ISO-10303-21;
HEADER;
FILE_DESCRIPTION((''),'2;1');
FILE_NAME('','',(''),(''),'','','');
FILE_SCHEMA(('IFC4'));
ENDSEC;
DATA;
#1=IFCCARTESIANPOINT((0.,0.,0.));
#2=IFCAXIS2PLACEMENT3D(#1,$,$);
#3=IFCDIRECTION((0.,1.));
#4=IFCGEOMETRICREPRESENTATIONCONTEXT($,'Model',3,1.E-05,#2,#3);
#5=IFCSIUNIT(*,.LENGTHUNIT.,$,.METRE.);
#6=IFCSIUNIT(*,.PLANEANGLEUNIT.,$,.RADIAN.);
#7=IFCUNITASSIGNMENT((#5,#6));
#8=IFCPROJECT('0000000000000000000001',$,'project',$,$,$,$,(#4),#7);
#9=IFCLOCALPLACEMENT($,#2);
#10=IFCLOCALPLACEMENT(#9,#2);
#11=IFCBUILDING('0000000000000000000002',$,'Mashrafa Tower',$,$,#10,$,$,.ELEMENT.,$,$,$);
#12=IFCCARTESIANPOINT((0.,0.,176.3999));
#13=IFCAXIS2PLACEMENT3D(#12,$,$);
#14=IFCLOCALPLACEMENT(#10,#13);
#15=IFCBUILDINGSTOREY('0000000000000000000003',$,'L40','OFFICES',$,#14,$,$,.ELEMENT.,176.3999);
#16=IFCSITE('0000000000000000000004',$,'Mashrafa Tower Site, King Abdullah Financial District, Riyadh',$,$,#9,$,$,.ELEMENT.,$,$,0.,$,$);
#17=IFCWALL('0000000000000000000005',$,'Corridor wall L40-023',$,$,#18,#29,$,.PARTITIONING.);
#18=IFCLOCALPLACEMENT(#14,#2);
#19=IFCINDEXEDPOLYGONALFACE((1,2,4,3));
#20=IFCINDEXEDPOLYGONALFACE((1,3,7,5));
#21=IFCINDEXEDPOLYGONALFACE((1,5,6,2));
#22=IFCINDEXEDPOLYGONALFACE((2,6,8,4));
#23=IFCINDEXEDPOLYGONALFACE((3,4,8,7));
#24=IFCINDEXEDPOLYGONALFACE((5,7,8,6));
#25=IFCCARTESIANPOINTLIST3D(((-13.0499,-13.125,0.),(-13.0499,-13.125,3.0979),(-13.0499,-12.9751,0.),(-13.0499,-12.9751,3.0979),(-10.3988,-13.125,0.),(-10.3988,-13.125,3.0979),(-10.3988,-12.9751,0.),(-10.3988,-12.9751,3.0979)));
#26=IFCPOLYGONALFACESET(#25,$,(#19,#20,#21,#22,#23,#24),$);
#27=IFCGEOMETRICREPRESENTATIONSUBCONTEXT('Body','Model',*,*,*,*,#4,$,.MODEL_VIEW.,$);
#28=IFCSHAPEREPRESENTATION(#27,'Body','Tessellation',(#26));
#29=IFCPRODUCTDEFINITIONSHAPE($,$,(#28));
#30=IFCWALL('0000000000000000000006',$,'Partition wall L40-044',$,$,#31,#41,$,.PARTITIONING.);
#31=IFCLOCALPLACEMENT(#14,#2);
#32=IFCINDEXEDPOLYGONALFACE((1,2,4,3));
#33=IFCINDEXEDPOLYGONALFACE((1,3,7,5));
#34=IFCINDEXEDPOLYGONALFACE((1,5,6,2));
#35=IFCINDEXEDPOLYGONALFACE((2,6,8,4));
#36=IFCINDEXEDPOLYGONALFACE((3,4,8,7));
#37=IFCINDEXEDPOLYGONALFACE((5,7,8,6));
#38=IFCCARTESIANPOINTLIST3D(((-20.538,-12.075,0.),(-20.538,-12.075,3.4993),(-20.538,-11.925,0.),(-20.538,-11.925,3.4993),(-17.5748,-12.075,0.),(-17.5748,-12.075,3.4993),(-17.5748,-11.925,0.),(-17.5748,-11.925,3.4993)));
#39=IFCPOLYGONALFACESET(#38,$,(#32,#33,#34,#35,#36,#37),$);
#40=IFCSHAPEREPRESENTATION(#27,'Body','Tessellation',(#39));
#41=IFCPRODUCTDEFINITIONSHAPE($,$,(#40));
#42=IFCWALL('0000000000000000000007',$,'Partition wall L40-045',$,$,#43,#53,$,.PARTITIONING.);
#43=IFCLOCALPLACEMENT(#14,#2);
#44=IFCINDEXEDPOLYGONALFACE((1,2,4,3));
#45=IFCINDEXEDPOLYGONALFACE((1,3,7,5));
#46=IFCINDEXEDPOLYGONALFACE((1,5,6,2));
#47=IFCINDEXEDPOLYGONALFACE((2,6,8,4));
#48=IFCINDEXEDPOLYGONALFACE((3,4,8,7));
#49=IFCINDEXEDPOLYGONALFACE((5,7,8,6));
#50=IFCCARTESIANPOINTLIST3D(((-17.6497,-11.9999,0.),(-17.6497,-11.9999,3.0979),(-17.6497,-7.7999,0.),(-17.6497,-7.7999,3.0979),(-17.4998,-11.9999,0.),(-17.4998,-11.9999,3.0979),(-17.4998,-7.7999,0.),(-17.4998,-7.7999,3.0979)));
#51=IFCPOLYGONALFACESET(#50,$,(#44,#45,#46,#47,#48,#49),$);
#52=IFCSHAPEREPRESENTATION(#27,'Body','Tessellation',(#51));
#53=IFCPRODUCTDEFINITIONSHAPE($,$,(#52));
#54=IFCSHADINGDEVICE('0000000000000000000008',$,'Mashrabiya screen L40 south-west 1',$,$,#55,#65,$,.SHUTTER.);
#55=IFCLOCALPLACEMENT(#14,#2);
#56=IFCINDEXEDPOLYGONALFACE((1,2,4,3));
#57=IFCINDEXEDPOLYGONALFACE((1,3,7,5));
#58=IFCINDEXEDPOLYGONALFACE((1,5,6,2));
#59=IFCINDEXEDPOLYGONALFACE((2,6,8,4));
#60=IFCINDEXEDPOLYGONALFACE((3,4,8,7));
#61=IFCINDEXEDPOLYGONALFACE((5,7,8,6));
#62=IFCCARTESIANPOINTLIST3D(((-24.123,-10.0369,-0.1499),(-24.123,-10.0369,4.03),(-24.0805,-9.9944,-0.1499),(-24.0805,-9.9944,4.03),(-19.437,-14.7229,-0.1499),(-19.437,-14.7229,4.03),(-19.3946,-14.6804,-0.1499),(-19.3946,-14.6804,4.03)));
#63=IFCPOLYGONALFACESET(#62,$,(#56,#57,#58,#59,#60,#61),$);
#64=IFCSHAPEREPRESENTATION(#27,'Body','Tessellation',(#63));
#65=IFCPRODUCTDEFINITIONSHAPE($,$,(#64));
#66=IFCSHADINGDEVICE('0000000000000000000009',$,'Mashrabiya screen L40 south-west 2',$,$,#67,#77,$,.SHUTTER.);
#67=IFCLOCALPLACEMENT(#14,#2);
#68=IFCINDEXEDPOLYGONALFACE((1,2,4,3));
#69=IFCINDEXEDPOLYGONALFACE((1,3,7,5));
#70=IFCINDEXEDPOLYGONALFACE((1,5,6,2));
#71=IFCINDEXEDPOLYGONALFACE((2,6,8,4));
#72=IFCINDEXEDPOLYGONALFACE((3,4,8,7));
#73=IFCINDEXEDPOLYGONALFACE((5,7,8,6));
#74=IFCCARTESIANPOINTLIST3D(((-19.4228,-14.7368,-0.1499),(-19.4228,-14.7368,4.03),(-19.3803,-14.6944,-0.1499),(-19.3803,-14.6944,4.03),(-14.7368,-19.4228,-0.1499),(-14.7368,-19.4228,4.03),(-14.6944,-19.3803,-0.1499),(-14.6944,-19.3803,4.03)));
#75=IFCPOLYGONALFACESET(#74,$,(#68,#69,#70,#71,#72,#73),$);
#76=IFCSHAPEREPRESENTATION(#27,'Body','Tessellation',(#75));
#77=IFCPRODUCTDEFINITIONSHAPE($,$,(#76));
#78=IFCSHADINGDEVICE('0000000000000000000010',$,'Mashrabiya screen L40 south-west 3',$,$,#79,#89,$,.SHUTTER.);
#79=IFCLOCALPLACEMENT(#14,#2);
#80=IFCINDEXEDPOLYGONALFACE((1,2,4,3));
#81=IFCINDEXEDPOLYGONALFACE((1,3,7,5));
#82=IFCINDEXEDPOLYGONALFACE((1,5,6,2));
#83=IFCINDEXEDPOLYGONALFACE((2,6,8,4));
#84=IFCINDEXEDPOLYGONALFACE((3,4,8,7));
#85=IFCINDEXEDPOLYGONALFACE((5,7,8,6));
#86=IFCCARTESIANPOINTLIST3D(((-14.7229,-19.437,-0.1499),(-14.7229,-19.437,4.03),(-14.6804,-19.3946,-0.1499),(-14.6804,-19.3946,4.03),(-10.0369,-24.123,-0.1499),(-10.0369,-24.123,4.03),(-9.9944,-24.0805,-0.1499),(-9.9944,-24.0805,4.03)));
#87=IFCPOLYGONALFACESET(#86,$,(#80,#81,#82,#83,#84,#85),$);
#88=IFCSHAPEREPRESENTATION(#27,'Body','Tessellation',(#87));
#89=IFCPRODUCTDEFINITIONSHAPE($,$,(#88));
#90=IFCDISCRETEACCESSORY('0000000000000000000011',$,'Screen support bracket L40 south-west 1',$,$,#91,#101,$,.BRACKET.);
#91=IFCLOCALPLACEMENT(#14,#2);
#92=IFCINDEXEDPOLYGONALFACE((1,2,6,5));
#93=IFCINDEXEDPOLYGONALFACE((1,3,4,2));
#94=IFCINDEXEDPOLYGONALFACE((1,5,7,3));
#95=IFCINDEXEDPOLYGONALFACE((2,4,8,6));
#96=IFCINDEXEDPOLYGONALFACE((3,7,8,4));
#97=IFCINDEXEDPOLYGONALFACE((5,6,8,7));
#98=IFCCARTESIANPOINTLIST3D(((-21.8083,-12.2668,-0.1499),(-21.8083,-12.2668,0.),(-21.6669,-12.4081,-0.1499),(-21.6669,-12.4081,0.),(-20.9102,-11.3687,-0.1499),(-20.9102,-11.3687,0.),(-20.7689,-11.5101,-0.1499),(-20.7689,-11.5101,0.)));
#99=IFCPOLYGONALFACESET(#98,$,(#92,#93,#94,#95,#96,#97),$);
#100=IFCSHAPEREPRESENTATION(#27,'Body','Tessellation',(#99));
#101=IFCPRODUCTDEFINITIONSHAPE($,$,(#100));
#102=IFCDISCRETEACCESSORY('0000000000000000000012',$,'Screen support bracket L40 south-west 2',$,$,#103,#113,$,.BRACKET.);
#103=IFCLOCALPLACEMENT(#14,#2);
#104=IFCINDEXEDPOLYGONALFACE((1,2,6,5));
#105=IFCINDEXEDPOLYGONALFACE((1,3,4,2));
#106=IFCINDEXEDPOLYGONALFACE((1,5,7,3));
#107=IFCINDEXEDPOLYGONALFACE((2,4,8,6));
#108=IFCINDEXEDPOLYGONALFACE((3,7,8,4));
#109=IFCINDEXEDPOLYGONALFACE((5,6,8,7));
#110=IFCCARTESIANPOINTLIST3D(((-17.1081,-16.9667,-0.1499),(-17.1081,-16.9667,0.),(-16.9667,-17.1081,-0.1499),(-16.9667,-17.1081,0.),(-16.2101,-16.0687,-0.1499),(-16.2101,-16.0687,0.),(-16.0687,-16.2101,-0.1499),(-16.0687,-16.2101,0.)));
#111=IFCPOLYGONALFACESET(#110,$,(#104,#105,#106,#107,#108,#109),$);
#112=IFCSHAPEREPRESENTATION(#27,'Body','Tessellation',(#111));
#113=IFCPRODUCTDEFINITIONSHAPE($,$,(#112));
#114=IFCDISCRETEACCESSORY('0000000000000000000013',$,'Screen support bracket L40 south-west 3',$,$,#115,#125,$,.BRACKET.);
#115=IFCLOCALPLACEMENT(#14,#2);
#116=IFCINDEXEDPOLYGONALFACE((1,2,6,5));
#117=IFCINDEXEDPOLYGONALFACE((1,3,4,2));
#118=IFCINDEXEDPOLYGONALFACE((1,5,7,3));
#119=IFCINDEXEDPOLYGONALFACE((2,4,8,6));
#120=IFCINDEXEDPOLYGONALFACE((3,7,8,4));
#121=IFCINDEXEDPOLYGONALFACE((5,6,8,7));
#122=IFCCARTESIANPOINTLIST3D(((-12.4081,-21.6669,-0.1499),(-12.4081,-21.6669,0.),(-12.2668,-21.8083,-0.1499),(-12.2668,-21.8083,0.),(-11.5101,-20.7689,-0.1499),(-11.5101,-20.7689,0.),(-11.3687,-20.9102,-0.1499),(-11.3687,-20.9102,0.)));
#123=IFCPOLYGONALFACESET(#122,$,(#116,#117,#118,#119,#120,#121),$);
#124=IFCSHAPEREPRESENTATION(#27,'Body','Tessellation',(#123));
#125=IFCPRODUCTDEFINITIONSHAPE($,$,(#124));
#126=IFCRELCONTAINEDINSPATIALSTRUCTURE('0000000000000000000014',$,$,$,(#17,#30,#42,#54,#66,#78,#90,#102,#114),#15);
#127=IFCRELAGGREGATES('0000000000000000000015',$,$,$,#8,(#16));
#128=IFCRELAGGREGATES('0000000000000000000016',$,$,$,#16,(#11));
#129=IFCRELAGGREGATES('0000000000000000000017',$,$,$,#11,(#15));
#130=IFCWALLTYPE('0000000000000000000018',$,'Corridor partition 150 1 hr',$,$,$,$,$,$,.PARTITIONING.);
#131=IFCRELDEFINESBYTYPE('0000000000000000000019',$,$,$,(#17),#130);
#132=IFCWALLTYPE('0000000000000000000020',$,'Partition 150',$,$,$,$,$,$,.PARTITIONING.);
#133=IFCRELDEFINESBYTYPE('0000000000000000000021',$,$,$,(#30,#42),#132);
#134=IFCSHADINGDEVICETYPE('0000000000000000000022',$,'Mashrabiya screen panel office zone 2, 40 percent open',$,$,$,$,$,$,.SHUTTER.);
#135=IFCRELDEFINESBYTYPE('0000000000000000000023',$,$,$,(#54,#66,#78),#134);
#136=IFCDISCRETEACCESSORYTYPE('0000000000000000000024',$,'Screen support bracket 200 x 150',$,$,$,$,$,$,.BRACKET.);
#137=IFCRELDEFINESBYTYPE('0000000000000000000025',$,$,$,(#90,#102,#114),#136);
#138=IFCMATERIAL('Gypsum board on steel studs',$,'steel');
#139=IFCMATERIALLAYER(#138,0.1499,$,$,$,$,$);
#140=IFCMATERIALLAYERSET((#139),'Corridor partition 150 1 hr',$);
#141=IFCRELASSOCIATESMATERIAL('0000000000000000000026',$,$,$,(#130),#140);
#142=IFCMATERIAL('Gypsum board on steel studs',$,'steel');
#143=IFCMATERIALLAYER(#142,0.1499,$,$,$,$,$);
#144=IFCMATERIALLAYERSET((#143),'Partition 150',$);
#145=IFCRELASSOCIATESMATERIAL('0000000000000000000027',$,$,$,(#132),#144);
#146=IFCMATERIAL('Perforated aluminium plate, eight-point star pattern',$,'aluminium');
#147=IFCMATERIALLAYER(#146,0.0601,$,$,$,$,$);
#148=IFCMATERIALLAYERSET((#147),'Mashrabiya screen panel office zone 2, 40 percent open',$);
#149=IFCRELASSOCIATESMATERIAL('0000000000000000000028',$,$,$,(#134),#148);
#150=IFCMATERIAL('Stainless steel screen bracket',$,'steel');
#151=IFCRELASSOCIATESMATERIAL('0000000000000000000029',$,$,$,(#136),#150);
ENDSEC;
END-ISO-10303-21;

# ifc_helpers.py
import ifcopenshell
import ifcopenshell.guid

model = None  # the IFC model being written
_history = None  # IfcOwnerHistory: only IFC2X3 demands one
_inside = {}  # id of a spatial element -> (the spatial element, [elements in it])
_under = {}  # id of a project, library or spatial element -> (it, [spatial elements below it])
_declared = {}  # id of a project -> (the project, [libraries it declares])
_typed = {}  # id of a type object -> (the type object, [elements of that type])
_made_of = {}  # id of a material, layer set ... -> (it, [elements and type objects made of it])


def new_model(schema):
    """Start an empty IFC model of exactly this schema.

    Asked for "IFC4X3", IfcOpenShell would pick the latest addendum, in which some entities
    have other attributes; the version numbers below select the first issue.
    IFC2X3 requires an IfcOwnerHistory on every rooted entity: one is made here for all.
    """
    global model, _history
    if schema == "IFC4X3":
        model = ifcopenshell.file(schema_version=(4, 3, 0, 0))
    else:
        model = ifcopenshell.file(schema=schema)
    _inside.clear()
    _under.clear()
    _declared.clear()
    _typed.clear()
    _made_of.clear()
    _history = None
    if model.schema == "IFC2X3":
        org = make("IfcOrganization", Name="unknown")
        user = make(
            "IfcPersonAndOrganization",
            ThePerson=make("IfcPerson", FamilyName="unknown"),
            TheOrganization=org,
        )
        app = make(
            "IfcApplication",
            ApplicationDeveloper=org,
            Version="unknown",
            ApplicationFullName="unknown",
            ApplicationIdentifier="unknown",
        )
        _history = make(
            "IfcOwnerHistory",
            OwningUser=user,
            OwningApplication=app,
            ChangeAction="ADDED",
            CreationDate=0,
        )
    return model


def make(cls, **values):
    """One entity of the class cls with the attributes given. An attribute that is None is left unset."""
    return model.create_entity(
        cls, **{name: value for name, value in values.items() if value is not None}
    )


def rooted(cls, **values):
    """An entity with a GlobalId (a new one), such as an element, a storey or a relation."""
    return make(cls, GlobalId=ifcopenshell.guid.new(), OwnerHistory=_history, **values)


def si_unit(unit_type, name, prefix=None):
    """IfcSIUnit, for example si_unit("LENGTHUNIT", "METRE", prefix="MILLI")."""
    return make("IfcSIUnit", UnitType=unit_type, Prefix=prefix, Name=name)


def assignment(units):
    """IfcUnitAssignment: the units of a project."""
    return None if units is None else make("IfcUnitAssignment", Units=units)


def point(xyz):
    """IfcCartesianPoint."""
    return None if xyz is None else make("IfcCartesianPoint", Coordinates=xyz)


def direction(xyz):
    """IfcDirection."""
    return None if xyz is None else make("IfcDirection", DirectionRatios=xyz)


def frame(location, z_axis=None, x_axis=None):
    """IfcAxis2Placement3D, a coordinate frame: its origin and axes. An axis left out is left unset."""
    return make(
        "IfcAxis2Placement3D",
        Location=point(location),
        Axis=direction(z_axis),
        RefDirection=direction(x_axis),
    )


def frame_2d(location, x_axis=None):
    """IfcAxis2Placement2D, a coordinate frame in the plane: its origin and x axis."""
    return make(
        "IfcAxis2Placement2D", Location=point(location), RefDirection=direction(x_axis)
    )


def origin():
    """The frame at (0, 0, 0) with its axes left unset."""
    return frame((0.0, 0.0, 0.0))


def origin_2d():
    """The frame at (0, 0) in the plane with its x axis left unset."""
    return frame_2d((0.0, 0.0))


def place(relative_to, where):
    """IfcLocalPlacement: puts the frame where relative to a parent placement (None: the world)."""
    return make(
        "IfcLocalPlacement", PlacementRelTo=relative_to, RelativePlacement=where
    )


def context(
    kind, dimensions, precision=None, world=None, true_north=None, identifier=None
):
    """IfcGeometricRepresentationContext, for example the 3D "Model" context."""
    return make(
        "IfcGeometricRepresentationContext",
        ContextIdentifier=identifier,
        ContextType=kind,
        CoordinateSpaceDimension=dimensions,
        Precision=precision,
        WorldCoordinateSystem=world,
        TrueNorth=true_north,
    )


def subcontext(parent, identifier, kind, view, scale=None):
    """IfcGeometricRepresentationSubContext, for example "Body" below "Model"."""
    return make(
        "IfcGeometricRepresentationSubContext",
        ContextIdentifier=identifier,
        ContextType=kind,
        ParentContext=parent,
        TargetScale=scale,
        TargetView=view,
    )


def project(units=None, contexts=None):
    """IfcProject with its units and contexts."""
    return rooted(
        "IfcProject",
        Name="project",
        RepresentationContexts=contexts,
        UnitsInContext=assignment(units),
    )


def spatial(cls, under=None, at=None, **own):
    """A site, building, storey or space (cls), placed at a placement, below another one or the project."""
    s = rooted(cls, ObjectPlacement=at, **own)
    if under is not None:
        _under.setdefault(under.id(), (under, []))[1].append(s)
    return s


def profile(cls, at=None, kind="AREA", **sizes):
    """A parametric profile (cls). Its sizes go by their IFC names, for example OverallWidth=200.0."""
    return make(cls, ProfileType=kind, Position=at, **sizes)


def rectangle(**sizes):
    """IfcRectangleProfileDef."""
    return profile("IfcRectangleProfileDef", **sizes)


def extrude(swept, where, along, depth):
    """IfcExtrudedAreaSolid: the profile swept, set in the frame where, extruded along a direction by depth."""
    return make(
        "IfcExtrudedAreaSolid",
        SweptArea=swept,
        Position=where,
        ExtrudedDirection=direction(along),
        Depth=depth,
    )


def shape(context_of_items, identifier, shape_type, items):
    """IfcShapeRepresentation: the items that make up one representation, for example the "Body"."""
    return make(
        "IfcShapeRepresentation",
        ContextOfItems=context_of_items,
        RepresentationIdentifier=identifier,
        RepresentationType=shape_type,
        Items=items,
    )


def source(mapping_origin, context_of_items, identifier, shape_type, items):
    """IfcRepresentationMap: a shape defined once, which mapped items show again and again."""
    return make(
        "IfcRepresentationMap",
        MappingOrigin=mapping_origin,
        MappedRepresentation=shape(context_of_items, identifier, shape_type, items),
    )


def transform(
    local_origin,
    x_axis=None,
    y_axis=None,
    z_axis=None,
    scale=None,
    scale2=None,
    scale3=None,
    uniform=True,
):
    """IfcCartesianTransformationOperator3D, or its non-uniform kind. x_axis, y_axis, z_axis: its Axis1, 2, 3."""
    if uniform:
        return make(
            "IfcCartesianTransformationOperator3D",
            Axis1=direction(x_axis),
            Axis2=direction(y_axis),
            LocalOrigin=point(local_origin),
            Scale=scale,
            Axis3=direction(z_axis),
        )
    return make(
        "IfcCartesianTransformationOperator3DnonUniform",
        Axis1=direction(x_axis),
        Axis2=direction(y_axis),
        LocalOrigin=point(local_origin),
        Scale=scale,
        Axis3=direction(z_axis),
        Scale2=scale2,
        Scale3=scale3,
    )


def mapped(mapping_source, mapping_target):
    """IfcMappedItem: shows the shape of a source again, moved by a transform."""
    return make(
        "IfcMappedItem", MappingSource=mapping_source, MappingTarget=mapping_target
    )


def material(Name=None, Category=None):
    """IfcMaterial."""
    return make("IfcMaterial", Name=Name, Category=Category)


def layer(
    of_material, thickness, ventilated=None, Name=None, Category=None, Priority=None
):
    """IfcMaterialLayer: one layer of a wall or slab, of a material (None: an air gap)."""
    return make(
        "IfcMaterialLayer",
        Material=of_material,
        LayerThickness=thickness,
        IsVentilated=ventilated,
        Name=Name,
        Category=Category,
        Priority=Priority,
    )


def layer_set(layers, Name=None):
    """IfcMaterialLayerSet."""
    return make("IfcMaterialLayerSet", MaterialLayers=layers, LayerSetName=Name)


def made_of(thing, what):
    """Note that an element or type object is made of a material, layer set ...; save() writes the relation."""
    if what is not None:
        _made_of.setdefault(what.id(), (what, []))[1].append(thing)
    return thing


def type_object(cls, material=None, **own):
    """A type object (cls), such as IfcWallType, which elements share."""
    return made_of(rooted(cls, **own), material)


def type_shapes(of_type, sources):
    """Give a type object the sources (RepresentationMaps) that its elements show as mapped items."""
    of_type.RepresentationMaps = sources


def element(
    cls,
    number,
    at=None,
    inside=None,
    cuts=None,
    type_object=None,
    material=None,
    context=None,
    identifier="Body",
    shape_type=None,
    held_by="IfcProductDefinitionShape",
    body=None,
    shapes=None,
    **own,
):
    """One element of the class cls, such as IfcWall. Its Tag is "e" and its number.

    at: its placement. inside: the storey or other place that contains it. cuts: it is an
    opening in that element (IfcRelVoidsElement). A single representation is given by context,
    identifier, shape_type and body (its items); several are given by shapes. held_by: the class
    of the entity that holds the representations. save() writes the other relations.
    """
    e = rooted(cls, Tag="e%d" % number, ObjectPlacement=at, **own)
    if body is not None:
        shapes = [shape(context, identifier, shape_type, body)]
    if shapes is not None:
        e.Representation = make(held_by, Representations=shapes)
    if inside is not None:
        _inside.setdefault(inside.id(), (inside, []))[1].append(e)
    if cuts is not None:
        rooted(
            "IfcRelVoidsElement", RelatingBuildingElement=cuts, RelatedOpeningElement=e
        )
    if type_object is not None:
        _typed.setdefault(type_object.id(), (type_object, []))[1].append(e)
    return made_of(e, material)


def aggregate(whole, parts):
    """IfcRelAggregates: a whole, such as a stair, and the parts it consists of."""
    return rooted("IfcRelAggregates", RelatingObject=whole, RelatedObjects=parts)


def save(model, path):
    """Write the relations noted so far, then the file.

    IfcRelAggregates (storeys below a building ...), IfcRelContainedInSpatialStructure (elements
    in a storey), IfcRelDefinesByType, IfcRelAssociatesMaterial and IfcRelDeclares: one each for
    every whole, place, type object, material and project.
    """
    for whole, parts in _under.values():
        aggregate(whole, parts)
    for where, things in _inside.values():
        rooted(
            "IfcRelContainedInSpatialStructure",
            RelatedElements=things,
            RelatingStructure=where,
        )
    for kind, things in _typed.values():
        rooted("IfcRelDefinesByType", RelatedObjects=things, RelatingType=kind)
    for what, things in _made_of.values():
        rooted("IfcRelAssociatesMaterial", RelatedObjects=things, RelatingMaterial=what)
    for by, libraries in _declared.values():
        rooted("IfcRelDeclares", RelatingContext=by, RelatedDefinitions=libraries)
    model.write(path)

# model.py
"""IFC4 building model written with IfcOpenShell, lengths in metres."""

from ifc_helpers import new_model, si_unit, direction, frame, frame_2d, origin, origin_2d, place, context, subcontext, project, spatial, rectangle, extrude, source, transform, mapped, material, layer, layer_set, type_object, type_shapes, element, save


model = new_model("IFC4")

# Units and contexts
model_context = context("Model", 3, precision=1e-05, world=origin(), true_north=direction((0.0, 1.0)))
body_context = subcontext(model_context, "Body", "Model", "MODEL_VIEW")
ifc_project = project(units=[si_unit("LENGTHUNIT", "METRE"), si_unit("PLANEANGLEUNIT", "RADIAN")], contexts=[model_context])

# Site, building, storey
site_placement = place(None, origin())
site = spatial("IfcSite", under=ifc_project, at=site_placement, Name="Mashrafa Tower Site, King Abdullah Financial District, Riyadh", CompositionType="ELEMENT", RefElevation=0.0)
building_placement = place(site_placement, origin())
building = spatial("IfcBuilding", under=site, at=building_placement, Name="Mashrafa Tower", CompositionType="ELEMENT")
storey_placement = place(building_placement, frame((0.0, 0.0, 176.3999)))
storey = spatial("IfcBuildingStorey", under=building, at=storey_placement, Name="L40", Description="OFFICES", CompositionType="ELEMENT", Elevation=176.3999)

# Walls
ifc_material_1 = material(Name="Gypsum board on steel studs", Category="steel")
ifc_layer_1 = layer(ifc_material_1, 0.1499)
ifc_layer_set_1 = layer_set([ifc_layer_1], Name="Corridor partition 150 1 hr")
wall_type_1 = type_object("IfcWallType", Name="Corridor partition 150 1 hr", PredefinedType="PARTITIONING", material=ifc_layer_set_1)
wall_1_placement = place(storey_placement, frame((-13.05, -13.05, 0.0), z_axis=(0.0, 0.0, 1.0), x_axis=(1.0, 0.0, 0.0)))
element("IfcWall", 1, at=wall_1_placement, inside=storey, type_object=wall_type_1, Name="Corridor wall L40-023", PredefinedType="PARTITIONING", context=body_context, shape_type="SweptSolid", body=[
    extrude(rectangle(XDim=2.6511, YDim=0.1499, at=frame_2d((1.3257, 0.0))), origin(), (0.0, 0.0, 1.0), 3.0979),
])
ifc_material_2 = material(Name="Gypsum board on steel studs", Category="steel")
ifc_layer_2 = layer(ifc_material_2, 0.1499)
ifc_layer_set_2 = layer_set([ifc_layer_2], Name="Partition 150")
wall_type_2 = type_object("IfcWallType", Name="Partition 150", PredefinedType="PARTITIONING", material=ifc_layer_set_2)
wall_2_placement = place(storey_placement, frame((-20.5378, -12.0, 0.0), z_axis=(0.0, 0.0, 1.0), x_axis=(1.0, 0.0, 0.0)))
element("IfcWall", 2, at=wall_2_placement, inside=storey, type_object=wall_type_2, Name="Partition wall L40-044", PredefinedType="PARTITIONING", context=body_context, shape_type="SweptSolid", body=[
    extrude(rectangle(XDim=2.9631, YDim=0.1499, at=frame_2d((1.4814, 0.0))), origin(), (0.0, 0.0, 1.0), 3.4993),
])
wall_3_placement = place(storey_placement, frame((-17.5747, -12.0, 0.0), z_axis=(0.0, 0.0, 1.0), x_axis=(0.0, 1.0, 0.0)))
element("IfcWall", 3, at=wall_3_placement, inside=storey, type_object=wall_type_2, Name="Partition wall L40-045", PredefinedType="PARTITIONING", context=body_context, shape_type="SweptSolid", body=[
    extrude(rectangle(XDim=4.2, YDim=0.1499, at=frame_2d((2.1001, 0.0))), origin(), (0.0, 0.0, 1.0), 3.0979),
])

# Shading devices
ifc_material_3 = material(Name="Perforated aluminium plate, eight-point star pattern", Category="aluminium")
ifc_layer_3 = layer(ifc_material_3, 0.0601)
ifc_layer_set_3 = layer_set([ifc_layer_3], Name="Mashrabiya screen panel office zone 2, 40 percent open")
shading_device_type = type_object("IfcShadingDeviceType", Name="Mashrabiya screen panel office zone 2, 40 percent open", PredefinedType="SHUTTER", material=ifc_layer_set_3)
shared_shape_1 = source(origin(), body_context, "Body", "SweptSolid", [
    extrude(rectangle(XDim=6.627, YDim=0.0601, at=origin_2d()), origin(), (0.0, 0.0, 1.0), 4.1799),
])
type_shapes(shading_device_type, [shared_shape_1])
for number, where, z_axis, x_axis, name in (
    (4, (-21.7588, -12.3586, -0.1499), (0.0, 0.0, 1.0), (0.707107, -0.707107, 0.0), "Mashrabiya screen L40 south-west 1"),
    (5, (-17.0586, -17.0586, -0.1499), (0.0, 0.0, 1.0), (0.707107, -0.707107, 0.0), "Mashrabiya screen L40 south-west 2"),
    (6, (-12.3586, -21.7588, -0.1499), (0.0, 0.0, 1.0), (0.707107, -0.707107, 0.0), "Mashrabiya screen L40 south-west 3"),
):
    element("IfcShadingDevice", number, at=place(storey_placement, frame(where, z_axis=z_axis, x_axis=x_axis)), inside=storey, type_object=shading_device_type, Name=name, PredefinedType="SHUTTER", context=body_context, shape_type="MappedRepresentation", body=[
        mapped(shared_shape_1, transform((0.0, 0.0, 0.0))),
    ])

# Discrete accessories
ifc_material_4 = material(Name="Stainless steel screen bracket", Category="steel")
discrete_accessory_type = type_object("IfcDiscreteAccessoryType", Name="Screen support bracket 200 x 150", PredefinedType="BRACKET", material=ifc_material_4)
shared_shape_2 = source(origin(), body_context, "Body", "SweptSolid", [
    extrude(rectangle(XDim=0.2, YDim=1.27, at=origin_2d()), origin(), (0.0, 0.0, 1.0), 0.1499),
])
type_shapes(discrete_accessory_type, [shared_shape_2])
for number, where, z_axis, x_axis, name in (
    (7, (-21.2886, -11.8884, -0.1499), (0.0, 0.0, 1.0), (0.707107, -0.707107, 0.0), "Screen support bracket L40 south-west 1"),
    (8, (-16.5884, -16.5884, -0.1499), (0.0, 0.0, 1.0), (0.707107, -0.707107, 0.0), "Screen support bracket L40 south-west 2"),
    (9, (-11.8884, -21.2886, -0.1499), (0.0, 0.0, 1.0), (0.707107, -0.707107, 0.0), "Screen support bracket L40 south-west 3"),
):
    element("IfcDiscreteAccessory", number, at=place(storey_placement, frame(where, z_axis=z_axis, x_axis=x_axis)), inside=storey, type_object=discrete_accessory_type, Name=name, PredefinedType="BRACKET", context=body_context, shape_type="MappedRepresentation", body=[
        mapped(shared_shape_2, transform((0.0, 0.0, 0.0))),
    ])

save(model, "model.ifc")
